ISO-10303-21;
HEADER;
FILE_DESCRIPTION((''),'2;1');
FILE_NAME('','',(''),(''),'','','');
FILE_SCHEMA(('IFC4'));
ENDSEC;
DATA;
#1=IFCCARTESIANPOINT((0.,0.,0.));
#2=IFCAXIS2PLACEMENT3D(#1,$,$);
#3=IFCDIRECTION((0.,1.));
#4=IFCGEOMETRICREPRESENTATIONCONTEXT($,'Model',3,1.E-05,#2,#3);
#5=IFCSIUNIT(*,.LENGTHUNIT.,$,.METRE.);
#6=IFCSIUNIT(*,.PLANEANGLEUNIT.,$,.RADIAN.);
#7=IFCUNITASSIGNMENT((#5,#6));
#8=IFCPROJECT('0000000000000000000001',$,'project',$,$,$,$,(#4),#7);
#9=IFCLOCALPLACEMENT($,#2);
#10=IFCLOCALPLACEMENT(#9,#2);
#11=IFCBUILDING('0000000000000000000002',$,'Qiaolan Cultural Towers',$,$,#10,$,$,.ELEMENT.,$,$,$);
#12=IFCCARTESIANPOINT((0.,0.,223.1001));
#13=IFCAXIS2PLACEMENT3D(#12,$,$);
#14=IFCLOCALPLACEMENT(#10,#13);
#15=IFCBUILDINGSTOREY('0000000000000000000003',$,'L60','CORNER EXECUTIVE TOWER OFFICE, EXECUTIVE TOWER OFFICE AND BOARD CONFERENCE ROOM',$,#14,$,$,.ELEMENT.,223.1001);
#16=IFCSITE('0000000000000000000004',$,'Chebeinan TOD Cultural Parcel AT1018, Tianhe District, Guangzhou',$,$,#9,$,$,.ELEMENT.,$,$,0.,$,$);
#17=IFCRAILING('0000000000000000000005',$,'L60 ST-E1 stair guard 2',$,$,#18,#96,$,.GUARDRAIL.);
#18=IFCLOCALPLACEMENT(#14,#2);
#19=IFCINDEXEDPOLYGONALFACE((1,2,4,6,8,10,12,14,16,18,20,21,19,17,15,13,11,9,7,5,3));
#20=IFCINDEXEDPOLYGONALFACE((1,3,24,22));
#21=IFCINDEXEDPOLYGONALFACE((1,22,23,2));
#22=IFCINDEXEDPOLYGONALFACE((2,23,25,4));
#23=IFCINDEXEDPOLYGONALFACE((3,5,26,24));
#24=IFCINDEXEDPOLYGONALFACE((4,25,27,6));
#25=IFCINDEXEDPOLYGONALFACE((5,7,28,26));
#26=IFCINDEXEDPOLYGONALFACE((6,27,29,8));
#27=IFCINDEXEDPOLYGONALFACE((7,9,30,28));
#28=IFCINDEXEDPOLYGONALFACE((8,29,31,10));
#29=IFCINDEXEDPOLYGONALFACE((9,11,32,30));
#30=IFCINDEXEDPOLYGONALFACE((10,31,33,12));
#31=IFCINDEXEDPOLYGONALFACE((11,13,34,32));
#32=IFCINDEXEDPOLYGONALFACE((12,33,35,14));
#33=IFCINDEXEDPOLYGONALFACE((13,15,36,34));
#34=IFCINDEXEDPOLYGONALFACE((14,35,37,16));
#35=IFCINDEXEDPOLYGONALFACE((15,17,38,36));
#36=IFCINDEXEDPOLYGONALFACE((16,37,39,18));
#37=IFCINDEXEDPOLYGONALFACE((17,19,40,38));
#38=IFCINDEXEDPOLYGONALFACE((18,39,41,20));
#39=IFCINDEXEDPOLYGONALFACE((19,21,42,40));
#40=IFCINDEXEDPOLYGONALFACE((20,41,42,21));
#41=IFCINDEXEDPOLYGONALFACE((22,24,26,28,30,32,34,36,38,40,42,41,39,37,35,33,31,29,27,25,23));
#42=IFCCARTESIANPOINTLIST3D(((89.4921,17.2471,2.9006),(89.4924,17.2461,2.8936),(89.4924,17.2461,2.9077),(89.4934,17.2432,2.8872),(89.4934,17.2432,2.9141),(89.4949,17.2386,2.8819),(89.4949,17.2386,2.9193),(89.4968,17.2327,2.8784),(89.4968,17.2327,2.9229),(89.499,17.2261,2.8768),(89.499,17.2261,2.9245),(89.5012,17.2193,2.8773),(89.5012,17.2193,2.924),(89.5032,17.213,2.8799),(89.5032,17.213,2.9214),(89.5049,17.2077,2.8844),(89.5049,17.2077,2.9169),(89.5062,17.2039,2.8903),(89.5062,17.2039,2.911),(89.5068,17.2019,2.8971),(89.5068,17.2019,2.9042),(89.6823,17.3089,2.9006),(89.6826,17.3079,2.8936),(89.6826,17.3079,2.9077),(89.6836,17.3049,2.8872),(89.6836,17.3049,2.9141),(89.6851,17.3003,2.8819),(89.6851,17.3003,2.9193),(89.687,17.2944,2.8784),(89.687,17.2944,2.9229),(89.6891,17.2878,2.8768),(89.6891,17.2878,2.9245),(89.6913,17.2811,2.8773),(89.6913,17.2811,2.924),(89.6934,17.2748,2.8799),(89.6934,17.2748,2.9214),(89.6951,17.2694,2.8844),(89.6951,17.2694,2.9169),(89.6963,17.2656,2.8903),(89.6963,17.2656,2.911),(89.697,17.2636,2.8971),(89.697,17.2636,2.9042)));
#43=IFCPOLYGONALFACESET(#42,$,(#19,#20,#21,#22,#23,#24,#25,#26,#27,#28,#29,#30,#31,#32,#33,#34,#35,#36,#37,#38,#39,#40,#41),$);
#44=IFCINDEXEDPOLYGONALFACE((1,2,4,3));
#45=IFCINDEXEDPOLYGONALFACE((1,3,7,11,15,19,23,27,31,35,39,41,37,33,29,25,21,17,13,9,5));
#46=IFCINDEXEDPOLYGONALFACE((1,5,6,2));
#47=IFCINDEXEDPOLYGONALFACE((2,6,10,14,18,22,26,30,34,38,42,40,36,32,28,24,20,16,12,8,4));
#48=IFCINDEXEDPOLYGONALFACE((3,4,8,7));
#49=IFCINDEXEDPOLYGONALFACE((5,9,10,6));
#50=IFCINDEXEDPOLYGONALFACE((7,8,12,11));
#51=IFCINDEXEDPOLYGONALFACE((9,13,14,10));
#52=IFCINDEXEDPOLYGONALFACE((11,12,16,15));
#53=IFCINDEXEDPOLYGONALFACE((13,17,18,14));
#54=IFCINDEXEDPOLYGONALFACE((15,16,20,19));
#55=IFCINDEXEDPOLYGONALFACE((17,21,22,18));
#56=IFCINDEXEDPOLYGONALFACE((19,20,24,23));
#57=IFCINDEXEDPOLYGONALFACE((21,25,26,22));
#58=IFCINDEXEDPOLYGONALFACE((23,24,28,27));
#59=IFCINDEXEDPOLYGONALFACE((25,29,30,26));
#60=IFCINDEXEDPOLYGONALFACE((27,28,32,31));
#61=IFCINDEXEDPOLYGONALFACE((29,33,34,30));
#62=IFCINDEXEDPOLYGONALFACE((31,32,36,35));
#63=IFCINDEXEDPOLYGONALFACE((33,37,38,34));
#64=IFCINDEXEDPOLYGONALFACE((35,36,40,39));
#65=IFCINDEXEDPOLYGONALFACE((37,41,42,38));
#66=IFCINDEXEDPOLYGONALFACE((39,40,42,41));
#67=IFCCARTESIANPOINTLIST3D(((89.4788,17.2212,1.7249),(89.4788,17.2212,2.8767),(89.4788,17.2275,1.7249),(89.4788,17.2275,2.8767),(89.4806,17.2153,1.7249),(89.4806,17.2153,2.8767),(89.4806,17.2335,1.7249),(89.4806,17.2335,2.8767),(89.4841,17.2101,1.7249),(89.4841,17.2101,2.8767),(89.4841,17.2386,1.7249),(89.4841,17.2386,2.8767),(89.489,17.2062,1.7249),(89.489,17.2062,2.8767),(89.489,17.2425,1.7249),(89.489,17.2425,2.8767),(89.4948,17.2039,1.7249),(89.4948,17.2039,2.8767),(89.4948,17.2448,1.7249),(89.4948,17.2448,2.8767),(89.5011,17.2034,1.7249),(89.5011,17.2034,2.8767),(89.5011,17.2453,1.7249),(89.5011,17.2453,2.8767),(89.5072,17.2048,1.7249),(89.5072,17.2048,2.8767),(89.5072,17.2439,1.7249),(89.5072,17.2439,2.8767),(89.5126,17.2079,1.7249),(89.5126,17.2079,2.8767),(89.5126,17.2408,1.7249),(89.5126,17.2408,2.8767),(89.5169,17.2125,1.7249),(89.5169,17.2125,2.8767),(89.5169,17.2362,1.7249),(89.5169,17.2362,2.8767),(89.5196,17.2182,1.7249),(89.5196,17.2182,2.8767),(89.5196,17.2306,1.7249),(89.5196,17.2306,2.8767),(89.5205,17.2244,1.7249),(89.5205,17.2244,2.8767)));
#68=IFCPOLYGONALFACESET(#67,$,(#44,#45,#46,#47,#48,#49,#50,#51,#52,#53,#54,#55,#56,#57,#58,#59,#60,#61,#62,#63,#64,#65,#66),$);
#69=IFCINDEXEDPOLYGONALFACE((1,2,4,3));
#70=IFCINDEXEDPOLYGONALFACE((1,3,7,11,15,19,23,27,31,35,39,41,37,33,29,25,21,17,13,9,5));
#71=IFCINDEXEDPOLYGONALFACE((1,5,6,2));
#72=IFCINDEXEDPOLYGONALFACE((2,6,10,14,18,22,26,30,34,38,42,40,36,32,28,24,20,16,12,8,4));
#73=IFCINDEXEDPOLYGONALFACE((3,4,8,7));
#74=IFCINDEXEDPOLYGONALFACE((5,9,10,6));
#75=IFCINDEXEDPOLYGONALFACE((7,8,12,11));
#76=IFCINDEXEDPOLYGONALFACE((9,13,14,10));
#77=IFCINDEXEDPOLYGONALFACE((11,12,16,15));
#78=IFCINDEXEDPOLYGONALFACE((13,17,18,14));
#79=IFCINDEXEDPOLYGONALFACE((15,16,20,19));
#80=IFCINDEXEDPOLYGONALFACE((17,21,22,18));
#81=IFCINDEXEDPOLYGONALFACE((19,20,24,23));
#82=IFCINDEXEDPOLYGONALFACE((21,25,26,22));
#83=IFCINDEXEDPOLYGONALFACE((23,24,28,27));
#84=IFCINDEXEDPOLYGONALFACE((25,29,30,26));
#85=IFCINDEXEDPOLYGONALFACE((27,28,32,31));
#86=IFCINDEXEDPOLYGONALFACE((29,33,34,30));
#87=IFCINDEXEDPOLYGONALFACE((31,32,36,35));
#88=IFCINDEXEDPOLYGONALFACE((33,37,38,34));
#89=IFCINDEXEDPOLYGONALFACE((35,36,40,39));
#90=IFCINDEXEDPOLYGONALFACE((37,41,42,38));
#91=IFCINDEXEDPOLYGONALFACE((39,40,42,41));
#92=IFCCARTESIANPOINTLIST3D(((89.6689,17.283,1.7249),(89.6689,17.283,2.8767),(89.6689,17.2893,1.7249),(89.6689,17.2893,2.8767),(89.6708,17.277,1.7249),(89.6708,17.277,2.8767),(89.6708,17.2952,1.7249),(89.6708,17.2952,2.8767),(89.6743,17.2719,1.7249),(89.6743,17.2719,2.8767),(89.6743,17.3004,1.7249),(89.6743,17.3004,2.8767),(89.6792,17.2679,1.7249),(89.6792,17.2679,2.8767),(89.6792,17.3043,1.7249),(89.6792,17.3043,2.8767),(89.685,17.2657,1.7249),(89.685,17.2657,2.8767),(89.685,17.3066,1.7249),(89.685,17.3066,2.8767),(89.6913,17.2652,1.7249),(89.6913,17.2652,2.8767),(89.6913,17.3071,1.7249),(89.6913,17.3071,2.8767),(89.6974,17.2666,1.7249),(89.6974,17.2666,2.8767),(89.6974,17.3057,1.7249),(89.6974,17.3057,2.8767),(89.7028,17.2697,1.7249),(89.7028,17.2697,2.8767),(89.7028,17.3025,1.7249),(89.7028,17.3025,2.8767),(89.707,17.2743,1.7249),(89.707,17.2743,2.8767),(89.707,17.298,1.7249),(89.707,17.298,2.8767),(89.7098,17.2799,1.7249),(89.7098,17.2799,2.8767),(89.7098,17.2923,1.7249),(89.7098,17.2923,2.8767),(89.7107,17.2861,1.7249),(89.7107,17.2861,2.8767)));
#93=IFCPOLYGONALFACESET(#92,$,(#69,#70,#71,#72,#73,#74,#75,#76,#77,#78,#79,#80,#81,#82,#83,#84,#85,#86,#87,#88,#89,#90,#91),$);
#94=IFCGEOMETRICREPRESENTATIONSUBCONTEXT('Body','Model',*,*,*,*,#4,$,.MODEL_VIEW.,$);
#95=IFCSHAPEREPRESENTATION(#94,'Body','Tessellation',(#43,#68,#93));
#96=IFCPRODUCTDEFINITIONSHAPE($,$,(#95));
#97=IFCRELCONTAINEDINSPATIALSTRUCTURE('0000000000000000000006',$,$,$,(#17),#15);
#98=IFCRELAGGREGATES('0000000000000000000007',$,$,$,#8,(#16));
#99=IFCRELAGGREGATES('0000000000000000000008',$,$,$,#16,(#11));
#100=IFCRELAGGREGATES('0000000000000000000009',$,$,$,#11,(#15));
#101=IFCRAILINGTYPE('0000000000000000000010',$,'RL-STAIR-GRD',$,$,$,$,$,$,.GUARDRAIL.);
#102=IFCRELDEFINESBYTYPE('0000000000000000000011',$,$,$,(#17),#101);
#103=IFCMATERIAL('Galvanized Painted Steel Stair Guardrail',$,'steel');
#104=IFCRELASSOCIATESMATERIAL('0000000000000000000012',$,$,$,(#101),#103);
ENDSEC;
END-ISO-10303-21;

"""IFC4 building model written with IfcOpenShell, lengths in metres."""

from ifc_helpers import new_model, si_unit, direction, frame, origin, origin_2d, place, context, subcontext, project, spatial, circle, extrude, material, type_object, element, save


model = new_model("IFC4")

# Units and contexts
model_context = context("Model", 3, precision=1e-05, world=origin(), true_north=direction((0.0, 1.0)))
body_context = subcontext(model_context, "Body", "Model", "MODEL_VIEW")
ifc_project = project(units=[si_unit("LENGTHUNIT", "METRE"), si_unit("PLANEANGLEUNIT", "RADIAN")], contexts=[model_context])

# Site, building, storey
site_placement = place(None, origin())
site = spatial("IfcSite", under=ifc_project, at=site_placement, Name="Chebeinan TOD Cultural Parcel AT1018, Tianhe District, Guangzhou", CompositionType="ELEMENT", RefElevation=0.0)
building_placement = place(site_placement, origin())
building = spatial("IfcBuilding", under=site, at=building_placement, Name="Qiaolan Cultural Towers", CompositionType="ELEMENT")
storey_placement = place(building_placement, frame((0.0, 0.0, 223.1001)))
storey = spatial("IfcBuildingStorey", under=building, at=storey_placement, Name="L60", Description="CORNER EXECUTIVE TOWER OFFICE, EXECUTIVE TOWER OFFICE AND BOARD CONFERENCE ROOM", CompositionType="ELEMENT", Elevation=223.1001)

# Railing
ifc_material_1 = material(Name="Galvanized Painted Steel Stair Guardrail", Category="steel")
railing_type_1 = type_object("IfcRailingType", Name="RL-STAIR-GRD", PredefinedType="GUARDRAIL", material=ifc_material_1)
railing_1_placement = place(storey_placement, frame((89.4995, 17.2244, 1.7249)))
element("IfcRailing", 1, at=railing_1_placement, inside=storey, type_object=railing_type_1, Name="L60 ST-E1 stair guard 2", PredefinedType="GUARDRAIL", context=body_context, shape_type="SweptSolid", body=[
    extrude(circle(Radius=0.0239, at=origin_2d()), frame((0.0, 0.0, 1.1758), z_axis=(0.951097, 0.308893, 0.0), x_axis=(-0.308893, 0.951097, 0.0)), (0.0, 0.0, 1.0), 0.2),
    extrude(circle(Radius=0.021, at=origin_2d()), origin(), (0.0, 0.0, 1.0), 1.1519),
    extrude(circle(Radius=0.021, at=origin_2d()), frame((0.1902, 0.0618, 0.0)), (0.0, 0.0, 1.0), 1.1519),
])

save(model, "model.ifc")
